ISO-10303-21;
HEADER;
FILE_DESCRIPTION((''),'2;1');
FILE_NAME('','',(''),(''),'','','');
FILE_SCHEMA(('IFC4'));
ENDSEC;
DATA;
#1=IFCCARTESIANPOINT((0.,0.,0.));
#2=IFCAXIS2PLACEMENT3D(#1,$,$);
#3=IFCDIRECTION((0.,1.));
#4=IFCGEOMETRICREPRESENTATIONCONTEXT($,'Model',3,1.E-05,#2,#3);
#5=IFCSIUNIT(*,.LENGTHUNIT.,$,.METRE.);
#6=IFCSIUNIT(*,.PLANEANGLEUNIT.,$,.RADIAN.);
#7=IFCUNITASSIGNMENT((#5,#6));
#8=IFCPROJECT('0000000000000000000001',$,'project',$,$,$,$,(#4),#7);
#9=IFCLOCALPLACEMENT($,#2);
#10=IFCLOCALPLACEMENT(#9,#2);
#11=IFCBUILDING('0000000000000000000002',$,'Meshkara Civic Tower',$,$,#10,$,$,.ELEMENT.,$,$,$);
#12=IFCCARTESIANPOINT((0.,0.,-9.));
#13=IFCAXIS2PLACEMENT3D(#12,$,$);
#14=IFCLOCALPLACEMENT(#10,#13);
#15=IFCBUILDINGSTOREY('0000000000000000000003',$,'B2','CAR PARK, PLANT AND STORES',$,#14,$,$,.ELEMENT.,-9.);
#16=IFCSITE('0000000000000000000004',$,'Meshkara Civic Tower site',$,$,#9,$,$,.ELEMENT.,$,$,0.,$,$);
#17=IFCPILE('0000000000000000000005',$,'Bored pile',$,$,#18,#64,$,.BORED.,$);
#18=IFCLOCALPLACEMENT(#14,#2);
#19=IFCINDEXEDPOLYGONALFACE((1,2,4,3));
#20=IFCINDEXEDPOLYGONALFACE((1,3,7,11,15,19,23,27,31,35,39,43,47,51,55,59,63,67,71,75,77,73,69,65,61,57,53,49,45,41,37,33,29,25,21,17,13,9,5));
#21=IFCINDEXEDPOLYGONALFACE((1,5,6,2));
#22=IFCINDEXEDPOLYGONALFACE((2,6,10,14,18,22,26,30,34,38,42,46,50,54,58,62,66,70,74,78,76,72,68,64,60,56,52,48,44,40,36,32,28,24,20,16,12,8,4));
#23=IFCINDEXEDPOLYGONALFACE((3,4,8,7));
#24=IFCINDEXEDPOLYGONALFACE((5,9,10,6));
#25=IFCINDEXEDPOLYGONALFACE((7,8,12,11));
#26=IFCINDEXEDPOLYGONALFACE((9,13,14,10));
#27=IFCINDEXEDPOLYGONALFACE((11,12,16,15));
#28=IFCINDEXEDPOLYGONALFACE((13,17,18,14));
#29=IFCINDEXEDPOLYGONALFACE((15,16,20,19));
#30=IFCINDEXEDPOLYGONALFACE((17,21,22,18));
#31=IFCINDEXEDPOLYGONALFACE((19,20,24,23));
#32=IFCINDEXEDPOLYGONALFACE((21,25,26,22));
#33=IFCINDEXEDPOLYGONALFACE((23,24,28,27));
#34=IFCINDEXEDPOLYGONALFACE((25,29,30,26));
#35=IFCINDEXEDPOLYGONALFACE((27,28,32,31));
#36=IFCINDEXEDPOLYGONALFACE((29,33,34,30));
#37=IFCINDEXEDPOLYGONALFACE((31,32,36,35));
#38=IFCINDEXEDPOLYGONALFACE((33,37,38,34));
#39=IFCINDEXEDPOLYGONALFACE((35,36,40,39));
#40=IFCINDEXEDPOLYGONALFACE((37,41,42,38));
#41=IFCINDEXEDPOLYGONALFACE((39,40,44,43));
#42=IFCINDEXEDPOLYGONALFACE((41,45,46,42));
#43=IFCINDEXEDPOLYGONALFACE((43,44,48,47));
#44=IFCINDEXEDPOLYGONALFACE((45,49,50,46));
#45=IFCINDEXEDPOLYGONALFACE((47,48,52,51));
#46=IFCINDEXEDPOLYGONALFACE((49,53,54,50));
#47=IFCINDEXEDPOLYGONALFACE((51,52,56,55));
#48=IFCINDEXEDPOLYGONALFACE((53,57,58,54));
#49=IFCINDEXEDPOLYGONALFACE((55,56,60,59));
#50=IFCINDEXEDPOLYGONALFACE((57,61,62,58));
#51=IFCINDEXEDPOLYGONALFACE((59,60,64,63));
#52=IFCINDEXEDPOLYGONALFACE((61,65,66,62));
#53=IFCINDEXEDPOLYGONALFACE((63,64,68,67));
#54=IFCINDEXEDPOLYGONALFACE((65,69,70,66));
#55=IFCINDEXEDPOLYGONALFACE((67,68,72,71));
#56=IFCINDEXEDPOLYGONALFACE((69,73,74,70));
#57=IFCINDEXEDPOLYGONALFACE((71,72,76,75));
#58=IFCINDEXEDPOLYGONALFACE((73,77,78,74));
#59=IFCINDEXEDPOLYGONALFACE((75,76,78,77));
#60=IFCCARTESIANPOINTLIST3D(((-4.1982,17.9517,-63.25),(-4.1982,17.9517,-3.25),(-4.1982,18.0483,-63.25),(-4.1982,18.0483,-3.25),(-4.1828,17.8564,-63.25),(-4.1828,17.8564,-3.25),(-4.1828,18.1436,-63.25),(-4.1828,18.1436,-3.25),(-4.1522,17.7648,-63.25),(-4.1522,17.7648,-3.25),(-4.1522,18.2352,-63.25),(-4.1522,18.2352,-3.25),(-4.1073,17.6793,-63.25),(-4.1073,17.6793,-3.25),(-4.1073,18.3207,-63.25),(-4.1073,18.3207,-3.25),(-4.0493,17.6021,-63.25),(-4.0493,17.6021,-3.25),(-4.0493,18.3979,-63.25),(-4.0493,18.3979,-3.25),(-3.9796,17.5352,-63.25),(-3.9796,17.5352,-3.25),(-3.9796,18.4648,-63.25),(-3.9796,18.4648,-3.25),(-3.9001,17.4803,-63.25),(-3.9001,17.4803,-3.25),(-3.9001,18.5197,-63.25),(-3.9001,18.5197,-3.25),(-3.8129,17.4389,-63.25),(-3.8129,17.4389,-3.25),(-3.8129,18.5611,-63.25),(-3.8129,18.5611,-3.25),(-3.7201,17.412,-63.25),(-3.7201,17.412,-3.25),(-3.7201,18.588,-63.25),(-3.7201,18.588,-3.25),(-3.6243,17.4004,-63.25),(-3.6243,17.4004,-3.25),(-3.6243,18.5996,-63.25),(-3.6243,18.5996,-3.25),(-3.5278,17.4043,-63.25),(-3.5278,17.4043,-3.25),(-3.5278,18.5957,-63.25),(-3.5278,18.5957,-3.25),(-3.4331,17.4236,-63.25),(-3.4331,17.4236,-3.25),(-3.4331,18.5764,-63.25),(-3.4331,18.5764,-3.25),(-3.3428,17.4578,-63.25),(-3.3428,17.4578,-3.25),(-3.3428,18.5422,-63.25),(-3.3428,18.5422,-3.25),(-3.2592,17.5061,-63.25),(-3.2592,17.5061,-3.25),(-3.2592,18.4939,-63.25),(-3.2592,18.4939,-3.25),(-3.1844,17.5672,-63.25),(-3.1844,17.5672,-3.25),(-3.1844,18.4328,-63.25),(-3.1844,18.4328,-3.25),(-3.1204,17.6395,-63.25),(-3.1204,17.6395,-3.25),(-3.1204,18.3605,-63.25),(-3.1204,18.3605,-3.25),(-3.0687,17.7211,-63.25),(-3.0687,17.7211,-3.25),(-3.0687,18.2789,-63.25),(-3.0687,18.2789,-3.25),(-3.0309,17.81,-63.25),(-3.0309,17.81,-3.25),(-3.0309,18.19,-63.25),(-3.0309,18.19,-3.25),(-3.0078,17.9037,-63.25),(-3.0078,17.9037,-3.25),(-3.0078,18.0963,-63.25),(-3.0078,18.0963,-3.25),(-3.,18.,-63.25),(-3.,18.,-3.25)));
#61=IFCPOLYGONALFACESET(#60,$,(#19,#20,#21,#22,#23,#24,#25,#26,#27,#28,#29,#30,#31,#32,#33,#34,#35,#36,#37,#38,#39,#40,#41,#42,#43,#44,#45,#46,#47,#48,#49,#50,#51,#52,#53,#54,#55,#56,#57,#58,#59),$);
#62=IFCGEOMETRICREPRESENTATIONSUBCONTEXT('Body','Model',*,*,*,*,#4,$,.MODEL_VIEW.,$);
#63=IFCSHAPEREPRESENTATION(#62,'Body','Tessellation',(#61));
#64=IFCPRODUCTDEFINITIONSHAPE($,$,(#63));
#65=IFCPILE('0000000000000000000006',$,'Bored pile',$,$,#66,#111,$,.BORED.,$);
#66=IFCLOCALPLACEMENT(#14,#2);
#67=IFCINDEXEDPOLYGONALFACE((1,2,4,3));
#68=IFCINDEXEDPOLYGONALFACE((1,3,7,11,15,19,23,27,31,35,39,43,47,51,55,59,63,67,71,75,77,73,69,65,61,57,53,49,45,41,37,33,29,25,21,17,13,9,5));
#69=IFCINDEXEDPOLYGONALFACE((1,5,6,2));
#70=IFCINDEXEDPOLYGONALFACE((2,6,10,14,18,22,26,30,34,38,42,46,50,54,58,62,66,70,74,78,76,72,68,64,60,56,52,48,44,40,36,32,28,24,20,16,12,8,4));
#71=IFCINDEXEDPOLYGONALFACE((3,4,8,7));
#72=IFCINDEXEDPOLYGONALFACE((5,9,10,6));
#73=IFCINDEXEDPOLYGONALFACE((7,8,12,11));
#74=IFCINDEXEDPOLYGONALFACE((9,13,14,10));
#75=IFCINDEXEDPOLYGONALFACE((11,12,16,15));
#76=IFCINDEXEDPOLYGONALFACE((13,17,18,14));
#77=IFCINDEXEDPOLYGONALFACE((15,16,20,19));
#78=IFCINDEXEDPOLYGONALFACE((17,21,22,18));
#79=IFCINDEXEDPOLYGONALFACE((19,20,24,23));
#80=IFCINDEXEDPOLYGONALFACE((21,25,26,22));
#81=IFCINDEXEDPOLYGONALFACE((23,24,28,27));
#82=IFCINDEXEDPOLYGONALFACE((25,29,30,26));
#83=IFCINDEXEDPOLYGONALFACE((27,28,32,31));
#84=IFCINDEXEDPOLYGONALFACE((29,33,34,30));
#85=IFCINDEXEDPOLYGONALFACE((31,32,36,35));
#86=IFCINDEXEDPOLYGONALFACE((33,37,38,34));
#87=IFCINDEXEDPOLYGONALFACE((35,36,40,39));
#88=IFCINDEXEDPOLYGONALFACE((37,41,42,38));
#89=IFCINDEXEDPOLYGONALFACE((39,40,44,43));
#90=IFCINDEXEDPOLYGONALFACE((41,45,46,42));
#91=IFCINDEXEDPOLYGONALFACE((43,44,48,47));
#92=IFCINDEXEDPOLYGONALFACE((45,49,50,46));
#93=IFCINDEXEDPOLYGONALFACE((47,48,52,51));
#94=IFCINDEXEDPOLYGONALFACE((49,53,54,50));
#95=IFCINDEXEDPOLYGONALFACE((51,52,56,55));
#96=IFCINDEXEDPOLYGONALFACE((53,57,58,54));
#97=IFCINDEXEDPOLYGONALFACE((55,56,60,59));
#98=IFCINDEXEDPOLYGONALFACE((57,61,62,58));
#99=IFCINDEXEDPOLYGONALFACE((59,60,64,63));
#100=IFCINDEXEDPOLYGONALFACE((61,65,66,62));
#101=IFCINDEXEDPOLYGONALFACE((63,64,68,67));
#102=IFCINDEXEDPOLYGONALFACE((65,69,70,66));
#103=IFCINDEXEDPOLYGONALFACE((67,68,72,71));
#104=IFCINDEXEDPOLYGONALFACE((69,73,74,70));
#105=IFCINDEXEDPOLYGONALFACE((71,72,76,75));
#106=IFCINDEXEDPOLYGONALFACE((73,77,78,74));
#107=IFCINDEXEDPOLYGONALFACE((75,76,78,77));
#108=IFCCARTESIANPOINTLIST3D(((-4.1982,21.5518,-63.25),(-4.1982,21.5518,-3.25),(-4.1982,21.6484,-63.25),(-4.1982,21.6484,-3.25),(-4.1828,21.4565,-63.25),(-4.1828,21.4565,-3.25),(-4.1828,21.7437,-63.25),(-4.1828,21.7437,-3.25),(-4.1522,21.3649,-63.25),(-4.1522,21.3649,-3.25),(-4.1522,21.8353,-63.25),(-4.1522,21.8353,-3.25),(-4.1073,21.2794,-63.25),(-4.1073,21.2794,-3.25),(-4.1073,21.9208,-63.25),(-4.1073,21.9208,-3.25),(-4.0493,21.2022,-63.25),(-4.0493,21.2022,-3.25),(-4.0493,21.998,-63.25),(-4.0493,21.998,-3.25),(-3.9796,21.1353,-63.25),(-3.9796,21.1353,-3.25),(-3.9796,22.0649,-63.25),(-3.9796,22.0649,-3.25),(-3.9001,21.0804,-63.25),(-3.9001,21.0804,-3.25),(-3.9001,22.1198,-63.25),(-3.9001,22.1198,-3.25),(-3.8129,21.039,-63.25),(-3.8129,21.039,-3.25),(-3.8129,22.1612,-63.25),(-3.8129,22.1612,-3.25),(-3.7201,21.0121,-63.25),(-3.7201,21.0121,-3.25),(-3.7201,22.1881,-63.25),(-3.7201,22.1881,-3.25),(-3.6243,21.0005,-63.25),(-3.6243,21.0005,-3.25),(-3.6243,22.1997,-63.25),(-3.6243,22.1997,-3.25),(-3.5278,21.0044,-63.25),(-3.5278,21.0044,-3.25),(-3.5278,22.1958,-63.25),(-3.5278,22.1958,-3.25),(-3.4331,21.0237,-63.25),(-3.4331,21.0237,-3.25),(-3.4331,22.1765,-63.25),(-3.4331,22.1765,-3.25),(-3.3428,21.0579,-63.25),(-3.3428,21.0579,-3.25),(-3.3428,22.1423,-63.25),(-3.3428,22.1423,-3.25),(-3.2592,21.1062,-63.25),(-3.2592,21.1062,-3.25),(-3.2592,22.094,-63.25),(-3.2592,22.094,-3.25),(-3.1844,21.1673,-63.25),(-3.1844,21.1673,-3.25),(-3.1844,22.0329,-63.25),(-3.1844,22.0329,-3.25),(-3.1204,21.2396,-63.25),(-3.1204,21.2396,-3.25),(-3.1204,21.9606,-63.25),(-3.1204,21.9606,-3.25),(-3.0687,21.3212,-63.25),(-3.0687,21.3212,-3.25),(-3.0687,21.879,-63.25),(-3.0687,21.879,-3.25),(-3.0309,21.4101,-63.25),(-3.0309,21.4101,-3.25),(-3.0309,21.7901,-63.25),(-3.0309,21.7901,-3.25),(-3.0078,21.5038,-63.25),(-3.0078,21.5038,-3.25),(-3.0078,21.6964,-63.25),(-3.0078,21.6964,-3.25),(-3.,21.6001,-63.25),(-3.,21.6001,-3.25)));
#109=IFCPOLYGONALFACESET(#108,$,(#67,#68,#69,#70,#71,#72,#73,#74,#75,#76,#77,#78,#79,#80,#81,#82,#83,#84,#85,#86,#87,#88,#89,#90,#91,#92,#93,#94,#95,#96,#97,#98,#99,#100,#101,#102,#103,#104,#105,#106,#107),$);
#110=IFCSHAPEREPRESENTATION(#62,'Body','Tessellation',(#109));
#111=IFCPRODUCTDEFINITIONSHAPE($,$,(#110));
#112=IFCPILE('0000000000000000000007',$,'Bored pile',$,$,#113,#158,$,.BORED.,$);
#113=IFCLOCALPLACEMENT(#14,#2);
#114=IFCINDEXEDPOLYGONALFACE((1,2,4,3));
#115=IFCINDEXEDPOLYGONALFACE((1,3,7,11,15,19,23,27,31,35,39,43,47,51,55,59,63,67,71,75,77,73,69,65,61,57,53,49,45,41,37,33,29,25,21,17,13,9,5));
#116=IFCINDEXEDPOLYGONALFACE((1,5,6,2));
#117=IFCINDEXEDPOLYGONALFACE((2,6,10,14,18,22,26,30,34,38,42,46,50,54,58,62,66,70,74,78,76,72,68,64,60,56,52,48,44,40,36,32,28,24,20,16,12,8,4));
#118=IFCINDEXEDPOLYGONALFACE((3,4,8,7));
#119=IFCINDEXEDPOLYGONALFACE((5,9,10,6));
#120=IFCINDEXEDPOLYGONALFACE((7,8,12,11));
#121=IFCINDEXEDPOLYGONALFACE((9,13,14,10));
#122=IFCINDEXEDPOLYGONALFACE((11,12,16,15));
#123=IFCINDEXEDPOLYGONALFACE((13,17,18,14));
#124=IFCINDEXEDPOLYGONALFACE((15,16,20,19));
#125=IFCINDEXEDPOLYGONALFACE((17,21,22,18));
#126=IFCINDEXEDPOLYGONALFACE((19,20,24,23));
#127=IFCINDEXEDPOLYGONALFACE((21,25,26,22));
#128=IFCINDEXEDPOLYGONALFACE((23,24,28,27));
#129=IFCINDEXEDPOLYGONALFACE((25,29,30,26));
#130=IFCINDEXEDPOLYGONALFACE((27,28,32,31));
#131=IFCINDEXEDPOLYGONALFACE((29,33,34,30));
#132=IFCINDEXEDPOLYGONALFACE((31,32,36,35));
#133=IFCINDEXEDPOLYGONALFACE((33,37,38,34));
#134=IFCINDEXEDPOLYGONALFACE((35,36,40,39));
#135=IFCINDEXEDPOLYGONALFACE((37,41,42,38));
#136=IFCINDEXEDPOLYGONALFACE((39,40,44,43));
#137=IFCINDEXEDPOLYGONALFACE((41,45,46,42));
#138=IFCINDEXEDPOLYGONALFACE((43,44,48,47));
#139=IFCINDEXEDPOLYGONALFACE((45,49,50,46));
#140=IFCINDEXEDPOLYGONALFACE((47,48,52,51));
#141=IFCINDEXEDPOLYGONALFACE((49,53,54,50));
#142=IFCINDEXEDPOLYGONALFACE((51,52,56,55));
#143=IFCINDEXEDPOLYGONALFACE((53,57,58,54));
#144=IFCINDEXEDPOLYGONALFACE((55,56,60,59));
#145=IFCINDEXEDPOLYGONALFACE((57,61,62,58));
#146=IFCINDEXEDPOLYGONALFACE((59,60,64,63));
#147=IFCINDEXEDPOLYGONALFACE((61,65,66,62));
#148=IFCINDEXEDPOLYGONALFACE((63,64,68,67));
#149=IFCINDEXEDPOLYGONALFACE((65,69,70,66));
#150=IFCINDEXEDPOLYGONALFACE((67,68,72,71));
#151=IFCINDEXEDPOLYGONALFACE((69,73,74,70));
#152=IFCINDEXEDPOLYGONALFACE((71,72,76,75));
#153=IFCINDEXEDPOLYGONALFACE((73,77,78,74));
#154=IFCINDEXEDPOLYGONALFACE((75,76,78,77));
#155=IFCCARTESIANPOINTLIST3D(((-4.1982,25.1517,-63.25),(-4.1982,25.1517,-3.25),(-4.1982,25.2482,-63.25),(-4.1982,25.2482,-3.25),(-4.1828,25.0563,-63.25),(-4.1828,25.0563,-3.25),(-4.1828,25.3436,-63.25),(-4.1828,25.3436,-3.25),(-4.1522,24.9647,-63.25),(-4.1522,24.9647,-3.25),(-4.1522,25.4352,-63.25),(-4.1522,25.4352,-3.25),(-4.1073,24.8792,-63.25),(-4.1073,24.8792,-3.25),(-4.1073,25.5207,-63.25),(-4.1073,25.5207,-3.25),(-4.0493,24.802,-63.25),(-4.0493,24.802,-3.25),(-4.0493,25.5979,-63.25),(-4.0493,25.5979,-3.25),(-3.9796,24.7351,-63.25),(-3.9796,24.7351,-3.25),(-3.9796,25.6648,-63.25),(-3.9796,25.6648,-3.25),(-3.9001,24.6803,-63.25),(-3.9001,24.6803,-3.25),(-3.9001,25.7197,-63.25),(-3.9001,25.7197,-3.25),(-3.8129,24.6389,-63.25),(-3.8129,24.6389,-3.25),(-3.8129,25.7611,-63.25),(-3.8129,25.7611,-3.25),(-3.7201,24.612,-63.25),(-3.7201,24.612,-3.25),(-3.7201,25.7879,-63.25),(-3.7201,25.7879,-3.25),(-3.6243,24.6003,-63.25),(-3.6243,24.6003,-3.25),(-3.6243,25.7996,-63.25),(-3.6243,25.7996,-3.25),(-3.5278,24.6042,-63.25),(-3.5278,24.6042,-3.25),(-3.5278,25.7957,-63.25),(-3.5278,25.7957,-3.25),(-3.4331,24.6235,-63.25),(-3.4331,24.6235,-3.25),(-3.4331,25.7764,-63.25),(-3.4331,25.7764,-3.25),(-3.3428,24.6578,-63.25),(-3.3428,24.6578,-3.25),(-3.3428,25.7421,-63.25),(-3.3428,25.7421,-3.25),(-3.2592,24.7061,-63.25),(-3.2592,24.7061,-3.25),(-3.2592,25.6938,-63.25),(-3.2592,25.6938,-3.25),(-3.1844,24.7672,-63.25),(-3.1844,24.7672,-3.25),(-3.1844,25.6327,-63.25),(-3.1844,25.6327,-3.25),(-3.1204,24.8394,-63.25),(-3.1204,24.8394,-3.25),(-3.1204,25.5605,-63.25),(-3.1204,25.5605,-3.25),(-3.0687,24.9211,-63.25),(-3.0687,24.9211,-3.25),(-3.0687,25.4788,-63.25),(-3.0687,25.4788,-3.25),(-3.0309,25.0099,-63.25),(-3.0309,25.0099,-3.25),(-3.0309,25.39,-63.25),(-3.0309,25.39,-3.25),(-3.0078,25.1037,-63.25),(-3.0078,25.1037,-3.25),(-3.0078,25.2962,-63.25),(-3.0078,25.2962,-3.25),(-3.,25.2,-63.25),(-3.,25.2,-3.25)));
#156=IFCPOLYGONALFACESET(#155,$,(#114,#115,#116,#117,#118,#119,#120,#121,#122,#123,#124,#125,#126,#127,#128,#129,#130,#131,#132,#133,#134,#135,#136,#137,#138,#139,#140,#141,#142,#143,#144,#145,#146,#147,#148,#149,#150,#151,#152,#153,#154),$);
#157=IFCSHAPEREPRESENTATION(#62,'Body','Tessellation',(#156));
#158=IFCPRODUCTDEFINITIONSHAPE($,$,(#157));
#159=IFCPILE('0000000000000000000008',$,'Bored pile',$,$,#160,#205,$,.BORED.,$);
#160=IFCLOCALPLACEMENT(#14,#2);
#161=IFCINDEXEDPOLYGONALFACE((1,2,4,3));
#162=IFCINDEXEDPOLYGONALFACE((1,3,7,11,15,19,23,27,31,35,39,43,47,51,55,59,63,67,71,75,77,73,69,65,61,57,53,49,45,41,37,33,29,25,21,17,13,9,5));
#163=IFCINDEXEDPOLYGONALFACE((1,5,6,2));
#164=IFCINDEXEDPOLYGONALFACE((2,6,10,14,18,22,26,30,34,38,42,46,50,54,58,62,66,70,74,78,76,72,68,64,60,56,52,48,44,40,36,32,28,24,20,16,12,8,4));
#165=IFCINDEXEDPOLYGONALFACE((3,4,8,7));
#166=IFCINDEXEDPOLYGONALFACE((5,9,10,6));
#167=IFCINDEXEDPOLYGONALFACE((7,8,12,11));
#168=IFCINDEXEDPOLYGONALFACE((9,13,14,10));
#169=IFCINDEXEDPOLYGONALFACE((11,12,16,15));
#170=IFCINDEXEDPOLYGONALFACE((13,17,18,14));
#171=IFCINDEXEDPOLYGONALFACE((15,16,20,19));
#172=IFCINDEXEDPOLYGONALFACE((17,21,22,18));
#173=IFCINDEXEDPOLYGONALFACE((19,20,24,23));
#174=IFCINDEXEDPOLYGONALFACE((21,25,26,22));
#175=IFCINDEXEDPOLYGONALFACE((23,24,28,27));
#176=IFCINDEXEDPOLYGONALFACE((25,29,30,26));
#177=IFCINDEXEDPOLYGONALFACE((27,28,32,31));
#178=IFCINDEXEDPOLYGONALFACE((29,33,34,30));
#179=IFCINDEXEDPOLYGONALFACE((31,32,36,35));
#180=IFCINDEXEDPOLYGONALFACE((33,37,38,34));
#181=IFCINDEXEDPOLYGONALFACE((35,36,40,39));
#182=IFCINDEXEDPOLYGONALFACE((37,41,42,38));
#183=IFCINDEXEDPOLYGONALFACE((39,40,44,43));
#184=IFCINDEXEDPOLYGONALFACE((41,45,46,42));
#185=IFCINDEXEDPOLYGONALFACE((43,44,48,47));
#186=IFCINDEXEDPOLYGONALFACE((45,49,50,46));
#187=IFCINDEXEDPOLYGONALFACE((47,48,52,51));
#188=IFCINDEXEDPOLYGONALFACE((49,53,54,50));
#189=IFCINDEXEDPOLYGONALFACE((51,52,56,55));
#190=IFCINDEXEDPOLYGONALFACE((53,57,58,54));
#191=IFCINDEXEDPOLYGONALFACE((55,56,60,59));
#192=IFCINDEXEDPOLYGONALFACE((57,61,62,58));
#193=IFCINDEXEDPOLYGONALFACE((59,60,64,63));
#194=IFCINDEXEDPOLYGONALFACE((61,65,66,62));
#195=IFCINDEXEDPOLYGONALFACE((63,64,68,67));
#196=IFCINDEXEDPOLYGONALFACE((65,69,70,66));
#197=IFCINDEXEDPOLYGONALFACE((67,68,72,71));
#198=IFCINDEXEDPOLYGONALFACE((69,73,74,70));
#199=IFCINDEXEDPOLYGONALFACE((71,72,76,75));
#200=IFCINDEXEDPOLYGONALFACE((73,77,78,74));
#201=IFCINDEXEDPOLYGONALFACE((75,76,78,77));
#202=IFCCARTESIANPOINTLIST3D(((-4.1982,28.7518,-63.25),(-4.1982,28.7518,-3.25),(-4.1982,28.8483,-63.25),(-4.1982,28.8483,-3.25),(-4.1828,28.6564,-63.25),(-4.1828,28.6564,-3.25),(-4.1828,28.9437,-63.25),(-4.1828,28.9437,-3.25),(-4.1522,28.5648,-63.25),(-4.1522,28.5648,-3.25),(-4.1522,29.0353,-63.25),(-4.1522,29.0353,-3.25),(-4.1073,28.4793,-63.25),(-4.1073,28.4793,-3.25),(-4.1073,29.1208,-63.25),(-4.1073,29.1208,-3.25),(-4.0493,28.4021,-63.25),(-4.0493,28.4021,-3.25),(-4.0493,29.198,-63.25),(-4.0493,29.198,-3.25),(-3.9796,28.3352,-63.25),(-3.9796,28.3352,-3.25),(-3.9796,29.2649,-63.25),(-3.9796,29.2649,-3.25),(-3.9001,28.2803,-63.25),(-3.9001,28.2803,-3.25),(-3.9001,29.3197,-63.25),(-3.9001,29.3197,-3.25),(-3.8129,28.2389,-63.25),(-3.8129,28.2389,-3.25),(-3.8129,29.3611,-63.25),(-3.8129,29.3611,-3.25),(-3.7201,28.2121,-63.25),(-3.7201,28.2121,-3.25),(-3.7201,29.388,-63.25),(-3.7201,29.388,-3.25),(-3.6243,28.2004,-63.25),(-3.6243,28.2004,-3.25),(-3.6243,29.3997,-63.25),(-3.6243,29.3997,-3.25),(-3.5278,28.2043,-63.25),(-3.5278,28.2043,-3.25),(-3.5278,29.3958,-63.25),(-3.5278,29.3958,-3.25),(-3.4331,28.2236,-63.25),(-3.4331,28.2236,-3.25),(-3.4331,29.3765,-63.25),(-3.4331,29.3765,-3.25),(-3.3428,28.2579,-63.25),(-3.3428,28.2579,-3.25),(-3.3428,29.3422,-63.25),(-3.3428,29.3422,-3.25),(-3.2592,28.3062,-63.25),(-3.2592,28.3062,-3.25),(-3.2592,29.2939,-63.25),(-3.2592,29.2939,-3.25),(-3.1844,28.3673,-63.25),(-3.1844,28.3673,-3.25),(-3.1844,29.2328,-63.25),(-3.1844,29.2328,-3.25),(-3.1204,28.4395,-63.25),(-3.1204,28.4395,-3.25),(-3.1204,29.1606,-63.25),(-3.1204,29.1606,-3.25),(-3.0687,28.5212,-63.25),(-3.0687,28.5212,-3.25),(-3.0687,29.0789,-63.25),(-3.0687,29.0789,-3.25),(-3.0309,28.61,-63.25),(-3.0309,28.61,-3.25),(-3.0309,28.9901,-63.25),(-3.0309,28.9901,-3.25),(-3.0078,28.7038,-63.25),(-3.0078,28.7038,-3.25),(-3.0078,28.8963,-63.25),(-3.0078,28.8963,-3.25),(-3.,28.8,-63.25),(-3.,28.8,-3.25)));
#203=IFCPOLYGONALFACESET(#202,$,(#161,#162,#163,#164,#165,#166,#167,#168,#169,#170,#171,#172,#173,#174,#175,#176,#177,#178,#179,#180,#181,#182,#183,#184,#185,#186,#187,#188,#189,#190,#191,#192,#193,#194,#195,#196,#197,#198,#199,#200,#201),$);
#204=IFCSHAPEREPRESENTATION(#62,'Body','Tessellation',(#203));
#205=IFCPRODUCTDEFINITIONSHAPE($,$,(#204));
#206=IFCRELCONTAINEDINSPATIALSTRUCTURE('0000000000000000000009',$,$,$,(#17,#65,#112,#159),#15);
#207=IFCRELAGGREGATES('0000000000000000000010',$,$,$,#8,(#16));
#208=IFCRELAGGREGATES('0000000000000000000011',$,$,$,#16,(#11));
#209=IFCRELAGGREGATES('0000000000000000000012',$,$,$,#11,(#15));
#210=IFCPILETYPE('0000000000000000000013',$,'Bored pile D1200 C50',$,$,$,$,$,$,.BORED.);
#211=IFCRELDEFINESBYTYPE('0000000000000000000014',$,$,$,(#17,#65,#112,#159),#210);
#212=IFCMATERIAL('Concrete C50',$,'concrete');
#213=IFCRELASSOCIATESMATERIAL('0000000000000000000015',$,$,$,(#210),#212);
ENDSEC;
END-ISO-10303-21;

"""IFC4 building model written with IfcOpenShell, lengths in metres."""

from ifc_helpers import new_model, si_unit, direction, frame, origin, origin_2d, place, context, subcontext, project, spatial, circle, extrude, material, material_profile, profile_set, type_object, element, save


model = new_model("IFC4")

# Units and contexts
model_context = context("Model", 3, precision=1e-05, world=origin(), true_north=direction((0.0, 1.0)))
body_context = subcontext(model_context, "Body", "Model", "MODEL_VIEW")
ifc_project = project(units=[si_unit("LENGTHUNIT", "METRE"), si_unit("PLANEANGLEUNIT", "RADIAN")], contexts=[model_context])

# Site, building, storey
site_placement = place(None, origin())
site = spatial("IfcSite", under=ifc_project, at=site_placement, Name="Meshkara Civic Tower site", CompositionType="ELEMENT", RefElevation=0.0)
building_placement = place(site_placement, origin())
building = spatial("IfcBuilding", under=site, at=building_placement, Name="Meshkara Civic Tower", CompositionType="ELEMENT")
storey_placement = place(building_placement, frame((0.0, 0.0, -9.0)))
storey = spatial("IfcBuildingStorey", under=building, at=storey_placement, Name="B2", Description="CAR PARK, PLANT AND STORES", CompositionType="ELEMENT", Elevation=-9.0)

# Piles
ifc_material_1 = material(Name="Concrete C50", Category="concrete")
ifc_material_profile_1 = material_profile(ifc_material_1, circle(Radius=0.6001, at=origin_2d()))
ifc_profile_set_1 = profile_set([ifc_material_profile_1], Name="Concrete C50")
pile_type = type_object("IfcPileType", Name="Bored pile D1200 C50", PredefinedType="BORED", material=ifc_profile_set_1)
for number, where, z_axis, x_axis, name in (
    (1, (-3.6001, 18.0, -3.25), (0.0, 0.0, -1.0), (1.0, 0.0, 0.0), "Bored pile"),
    (2, (-3.6001, 21.6001, -3.25), (0.0, 0.0, -1.0), (1.0, 0.0, 0.0), "Bored pile"),
    (3, (-3.6001, 25.2, -3.25), (0.0, 0.0, -1.0), (1.0, 0.0, 0.0), "Bored pile"),
    (4, (-3.6001, 28.8, -3.25), (0.0, 0.0, -1.0), (1.0, 0.0, 0.0), "Bored pile"),
):
    element("IfcPile", number, at=place(storey_placement, frame(where, z_axis=z_axis, x_axis=x_axis)), inside=storey, type_object=pile_type, Name=name, PredefinedType="BORED", context=body_context, shape_type="SweptSolid", body=[
        extrude(circle(Radius=0.6001, at=origin_2d()), origin(), (0.0, 0.0, 1.0), 60.0),
    ])

save(model, "model.ifc")
